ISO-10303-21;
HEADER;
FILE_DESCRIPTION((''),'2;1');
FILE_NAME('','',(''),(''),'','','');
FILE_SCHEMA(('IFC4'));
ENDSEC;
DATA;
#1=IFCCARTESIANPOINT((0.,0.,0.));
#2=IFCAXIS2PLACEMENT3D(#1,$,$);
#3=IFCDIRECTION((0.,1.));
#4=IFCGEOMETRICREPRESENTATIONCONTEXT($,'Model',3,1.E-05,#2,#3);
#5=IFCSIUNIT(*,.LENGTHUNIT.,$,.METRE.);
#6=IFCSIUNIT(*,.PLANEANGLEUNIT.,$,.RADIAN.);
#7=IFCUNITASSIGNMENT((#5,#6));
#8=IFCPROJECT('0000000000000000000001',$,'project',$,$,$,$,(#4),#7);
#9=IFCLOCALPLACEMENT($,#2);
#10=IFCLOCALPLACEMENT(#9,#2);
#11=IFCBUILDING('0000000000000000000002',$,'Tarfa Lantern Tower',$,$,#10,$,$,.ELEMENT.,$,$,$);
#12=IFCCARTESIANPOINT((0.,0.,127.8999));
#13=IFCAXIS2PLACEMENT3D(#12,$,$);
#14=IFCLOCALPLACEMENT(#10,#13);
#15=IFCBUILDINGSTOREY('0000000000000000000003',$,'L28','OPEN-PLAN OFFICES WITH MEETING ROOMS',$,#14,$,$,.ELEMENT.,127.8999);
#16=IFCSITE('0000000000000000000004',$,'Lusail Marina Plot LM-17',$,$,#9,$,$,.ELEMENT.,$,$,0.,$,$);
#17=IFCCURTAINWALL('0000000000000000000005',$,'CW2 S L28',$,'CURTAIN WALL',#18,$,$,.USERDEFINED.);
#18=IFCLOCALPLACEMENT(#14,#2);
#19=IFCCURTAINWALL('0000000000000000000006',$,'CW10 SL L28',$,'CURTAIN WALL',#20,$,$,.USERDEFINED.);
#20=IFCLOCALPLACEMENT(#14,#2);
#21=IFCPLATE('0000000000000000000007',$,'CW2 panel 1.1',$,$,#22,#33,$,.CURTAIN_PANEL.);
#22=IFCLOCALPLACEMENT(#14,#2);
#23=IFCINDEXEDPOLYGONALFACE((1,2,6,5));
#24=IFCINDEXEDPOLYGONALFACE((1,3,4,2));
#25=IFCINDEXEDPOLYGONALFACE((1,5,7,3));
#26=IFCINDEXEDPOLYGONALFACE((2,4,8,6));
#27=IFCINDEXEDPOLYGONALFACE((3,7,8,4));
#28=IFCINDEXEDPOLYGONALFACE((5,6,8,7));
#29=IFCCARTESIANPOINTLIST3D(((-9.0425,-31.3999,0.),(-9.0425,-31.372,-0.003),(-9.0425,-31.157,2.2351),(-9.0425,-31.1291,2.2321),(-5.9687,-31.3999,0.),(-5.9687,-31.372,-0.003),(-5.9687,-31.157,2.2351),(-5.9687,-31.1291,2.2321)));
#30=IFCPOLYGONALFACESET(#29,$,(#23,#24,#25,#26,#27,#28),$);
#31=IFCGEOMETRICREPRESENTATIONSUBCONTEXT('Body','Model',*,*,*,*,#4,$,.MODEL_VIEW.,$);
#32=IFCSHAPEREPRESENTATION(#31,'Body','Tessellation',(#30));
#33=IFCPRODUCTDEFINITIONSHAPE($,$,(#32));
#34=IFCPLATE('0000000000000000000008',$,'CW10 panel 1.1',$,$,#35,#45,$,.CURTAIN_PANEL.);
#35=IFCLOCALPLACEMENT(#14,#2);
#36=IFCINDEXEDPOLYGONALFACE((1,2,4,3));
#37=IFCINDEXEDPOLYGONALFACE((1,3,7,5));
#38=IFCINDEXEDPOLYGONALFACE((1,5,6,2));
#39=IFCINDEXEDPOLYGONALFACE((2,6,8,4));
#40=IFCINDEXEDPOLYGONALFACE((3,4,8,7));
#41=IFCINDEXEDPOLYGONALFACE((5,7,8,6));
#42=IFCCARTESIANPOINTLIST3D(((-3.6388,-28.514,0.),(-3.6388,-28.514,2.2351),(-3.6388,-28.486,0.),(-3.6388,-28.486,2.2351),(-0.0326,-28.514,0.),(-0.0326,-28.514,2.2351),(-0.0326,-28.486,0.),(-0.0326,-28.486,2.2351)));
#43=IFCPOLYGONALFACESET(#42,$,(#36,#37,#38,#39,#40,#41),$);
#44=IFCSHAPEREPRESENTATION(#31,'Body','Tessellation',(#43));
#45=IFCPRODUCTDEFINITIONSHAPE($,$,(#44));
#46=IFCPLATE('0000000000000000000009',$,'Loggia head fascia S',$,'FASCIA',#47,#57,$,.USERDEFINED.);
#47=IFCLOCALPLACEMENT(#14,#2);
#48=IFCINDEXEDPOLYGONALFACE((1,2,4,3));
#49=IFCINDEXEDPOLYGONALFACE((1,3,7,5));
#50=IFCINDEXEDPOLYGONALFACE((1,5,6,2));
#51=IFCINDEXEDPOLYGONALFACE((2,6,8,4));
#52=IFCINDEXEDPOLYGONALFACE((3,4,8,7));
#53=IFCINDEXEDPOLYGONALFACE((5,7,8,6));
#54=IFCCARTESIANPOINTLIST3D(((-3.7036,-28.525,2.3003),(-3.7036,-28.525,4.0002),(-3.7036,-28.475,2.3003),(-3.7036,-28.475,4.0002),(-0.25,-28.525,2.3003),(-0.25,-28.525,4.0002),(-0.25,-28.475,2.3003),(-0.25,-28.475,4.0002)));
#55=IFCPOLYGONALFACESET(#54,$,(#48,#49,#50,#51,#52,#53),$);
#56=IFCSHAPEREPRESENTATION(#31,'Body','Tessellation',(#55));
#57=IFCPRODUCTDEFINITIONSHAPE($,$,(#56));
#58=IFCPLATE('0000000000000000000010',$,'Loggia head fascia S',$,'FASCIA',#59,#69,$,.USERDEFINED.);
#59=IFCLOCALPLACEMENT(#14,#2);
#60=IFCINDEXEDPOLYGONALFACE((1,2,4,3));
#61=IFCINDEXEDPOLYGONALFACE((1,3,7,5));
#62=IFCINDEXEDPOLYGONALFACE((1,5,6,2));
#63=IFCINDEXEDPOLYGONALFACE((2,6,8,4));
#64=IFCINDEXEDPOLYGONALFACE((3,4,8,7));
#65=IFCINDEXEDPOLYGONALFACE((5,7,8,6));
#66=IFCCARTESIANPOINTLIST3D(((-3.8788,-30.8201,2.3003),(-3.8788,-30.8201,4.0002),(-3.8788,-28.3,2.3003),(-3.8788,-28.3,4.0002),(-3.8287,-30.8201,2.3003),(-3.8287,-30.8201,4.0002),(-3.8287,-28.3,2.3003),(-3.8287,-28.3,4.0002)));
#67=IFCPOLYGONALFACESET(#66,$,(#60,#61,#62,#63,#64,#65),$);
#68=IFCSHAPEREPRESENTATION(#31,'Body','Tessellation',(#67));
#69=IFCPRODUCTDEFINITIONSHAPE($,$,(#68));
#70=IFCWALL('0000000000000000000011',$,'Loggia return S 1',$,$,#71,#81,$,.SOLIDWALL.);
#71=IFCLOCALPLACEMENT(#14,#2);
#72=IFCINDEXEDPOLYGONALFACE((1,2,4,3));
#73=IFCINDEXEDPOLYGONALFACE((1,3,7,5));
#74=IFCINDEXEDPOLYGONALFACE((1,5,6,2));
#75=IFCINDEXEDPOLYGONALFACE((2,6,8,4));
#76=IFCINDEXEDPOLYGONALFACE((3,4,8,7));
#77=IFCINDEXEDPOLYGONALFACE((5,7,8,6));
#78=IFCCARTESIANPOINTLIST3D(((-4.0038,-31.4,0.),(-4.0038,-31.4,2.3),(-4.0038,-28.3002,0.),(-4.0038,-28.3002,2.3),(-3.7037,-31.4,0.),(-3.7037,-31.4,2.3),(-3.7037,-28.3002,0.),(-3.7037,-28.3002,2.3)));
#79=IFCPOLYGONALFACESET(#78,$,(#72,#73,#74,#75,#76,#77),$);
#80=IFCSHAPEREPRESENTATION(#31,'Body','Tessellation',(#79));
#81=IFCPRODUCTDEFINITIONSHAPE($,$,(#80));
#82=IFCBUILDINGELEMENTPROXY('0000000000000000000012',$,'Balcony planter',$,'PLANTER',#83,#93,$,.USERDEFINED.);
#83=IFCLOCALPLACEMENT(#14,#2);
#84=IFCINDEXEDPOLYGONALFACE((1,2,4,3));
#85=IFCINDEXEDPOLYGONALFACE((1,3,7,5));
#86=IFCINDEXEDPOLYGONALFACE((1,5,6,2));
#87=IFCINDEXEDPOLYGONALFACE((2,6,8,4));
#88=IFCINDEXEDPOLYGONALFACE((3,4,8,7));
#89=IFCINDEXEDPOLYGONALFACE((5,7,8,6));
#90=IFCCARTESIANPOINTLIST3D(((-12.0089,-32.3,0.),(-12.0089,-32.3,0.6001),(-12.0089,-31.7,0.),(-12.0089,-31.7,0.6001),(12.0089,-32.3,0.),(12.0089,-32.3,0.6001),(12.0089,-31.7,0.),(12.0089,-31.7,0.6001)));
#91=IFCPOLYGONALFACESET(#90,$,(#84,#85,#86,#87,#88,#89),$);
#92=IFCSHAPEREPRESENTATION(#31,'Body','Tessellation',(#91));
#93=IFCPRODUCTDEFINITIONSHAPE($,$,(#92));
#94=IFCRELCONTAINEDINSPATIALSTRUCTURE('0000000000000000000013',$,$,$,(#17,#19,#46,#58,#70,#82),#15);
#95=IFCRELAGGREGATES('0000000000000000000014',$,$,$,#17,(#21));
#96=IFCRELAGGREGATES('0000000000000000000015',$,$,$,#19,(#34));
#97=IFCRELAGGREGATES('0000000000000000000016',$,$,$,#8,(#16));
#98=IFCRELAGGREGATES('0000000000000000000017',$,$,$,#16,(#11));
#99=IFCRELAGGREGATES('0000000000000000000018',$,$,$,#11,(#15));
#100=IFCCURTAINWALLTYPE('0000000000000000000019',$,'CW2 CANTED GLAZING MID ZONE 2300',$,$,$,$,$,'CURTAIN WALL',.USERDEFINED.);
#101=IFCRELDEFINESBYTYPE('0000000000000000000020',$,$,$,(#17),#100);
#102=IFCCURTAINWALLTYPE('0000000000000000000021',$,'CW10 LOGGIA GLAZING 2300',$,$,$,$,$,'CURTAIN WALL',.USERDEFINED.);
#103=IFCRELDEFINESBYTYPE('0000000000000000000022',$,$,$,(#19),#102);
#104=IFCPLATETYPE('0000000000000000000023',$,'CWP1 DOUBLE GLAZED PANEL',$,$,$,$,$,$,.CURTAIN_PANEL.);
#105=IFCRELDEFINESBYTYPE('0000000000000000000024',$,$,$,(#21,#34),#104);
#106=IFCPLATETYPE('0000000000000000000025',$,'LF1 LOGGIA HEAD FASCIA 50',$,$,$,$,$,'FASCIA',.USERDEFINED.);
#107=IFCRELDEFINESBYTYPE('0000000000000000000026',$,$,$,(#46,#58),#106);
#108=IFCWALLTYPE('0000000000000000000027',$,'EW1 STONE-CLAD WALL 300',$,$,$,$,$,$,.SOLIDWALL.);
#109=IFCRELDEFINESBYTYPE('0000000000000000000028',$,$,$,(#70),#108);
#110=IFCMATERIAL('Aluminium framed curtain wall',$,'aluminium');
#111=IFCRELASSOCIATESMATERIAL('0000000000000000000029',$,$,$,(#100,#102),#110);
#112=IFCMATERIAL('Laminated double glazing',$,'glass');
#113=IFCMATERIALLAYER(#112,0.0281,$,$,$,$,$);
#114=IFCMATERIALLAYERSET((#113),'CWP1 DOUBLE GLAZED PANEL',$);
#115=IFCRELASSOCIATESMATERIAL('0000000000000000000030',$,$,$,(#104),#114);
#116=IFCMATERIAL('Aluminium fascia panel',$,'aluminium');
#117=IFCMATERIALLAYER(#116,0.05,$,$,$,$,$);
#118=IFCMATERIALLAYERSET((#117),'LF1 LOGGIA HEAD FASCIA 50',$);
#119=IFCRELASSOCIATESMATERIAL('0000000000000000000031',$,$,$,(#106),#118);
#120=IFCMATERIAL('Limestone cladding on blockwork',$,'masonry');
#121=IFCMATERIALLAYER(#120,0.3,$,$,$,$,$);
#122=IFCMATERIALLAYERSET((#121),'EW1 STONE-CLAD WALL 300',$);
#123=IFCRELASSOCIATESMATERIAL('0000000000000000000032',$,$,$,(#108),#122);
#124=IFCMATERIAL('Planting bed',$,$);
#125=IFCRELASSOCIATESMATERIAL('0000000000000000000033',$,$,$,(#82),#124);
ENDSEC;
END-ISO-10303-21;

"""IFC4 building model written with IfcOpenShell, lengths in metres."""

from ifc_helpers import new_model, si_unit, direction, frame, frame_2d, origin, origin_2d, place, context, subcontext, project, spatial, polyline, rectangle, outline, extrude, material, layer, layer_set, type_object, element, aggregate, save


model = new_model("IFC4")

# Units and contexts
model_context = context("Model", 3, precision=1e-05, world=origin(), true_north=direction((0.0, 1.0)))
body_context = subcontext(model_context, "Body", "Model", "MODEL_VIEW")
ifc_project = project(units=[si_unit("LENGTHUNIT", "METRE"), si_unit("PLANEANGLEUNIT", "RADIAN")], contexts=[model_context])

# Site, building, storey
site_placement = place(None, origin())
site = spatial("IfcSite", under=ifc_project, at=site_placement, Name="Lusail Marina Plot LM-17", CompositionType="ELEMENT", RefElevation=0.0)
building_placement = place(site_placement, origin())
building = spatial("IfcBuilding", under=site, at=building_placement, Name="Tarfa Lantern Tower", CompositionType="ELEMENT")
storey_placement = place(building_placement, frame((0.0, 0.0, 127.8999)))
storey = spatial("IfcBuildingStorey", under=building, at=storey_placement, Name="L28", Description="OPEN-PLAN OFFICES WITH MEETING ROOMS", CompositionType="ELEMENT", Elevation=127.8999)

# Shared definitions
ifc_material_1 = material(Name="Aluminium framed curtain wall", Category="aluminium")
curtain_wall_type_1 = type_object("IfcCurtainWallType", Name="CW2 CANTED GLAZING MID ZONE 2300", ElementType="CURTAIN WALL", PredefinedType="USERDEFINED", material=ifc_material_1)

# Curtain walls
curtain_wall_1_placement = place(storey_placement, origin())
curtain_wall_1 = element("IfcCurtainWall", 1, at=curtain_wall_1_placement, inside=storey, type_object=curtain_wall_type_1, Name="CW2 S L28", ObjectType="CURTAIN WALL", PredefinedType="USERDEFINED")
curtain_wall_type_2 = type_object("IfcCurtainWallType", Name="CW10 LOGGIA GLAZING 2300", ElementType="CURTAIN WALL", PredefinedType="USERDEFINED", material=ifc_material_1)
curtain_wall_2_placement = place(storey_placement, origin())
curtain_wall_2 = element("IfcCurtainWall", 2, at=curtain_wall_2_placement, inside=storey, type_object=curtain_wall_type_2, Name="CW10 SL L28", ObjectType="CURTAIN WALL", PredefinedType="USERDEFINED")

# Plates
ifc_material_2 = material(Name="Laminated double glazing", Category="glass")
ifc_layer_1 = layer(ifc_material_2, 0.0281)
ifc_layer_set_1 = layer_set([ifc_layer_1], Name="CWP1 DOUBLE GLAZED PANEL")
plate_type_1 = type_object("IfcPlateType", Name="CWP1 DOUBLE GLAZED PANEL", PredefinedType="CURTAIN_PANEL", material=ifc_layer_set_1)
plate_1_placement = place(storey_placement, frame((-9.0425, -31.3999, 0.0), z_axis=(0.0, -0.994146, 0.108048), x_axis=(1.0, 0.0, 0.0)))
plate_1 = element("IfcPlate", 3, at=plate_1_placement, type_object=plate_type_1, Name="CW2 panel 1.1", PredefinedType="CURTAIN_PANEL", context=body_context, shape_type="SweptSolid", body=[
    extrude(outline(polyline([(0.0, 0.0), (3.0737, 0.0), (3.0737, 2.2483), (0.0, 2.2483), (0.0, 0.0)])), origin(), (0.0, 0.0, -1.0), 0.0281),
])
aggregate(curtain_wall_1, [plate_1])
plate_2_placement = place(storey_placement, frame((-1.8357, -28.5, 0.0), z_axis=(0.0, 0.0, 1.0), x_axis=(1.0, 0.0, 0.0)))
plate_2 = element("IfcPlate", 4, at=plate_2_placement, type_object=plate_type_1, Name="CW10 panel 1.1", PredefinedType="CURTAIN_PANEL", context=body_context, shape_type="SweptSolid", body=[
    extrude(rectangle(XDim=3.6062, YDim=0.0281, at=origin_2d()), origin(), (0.0, 0.0, 1.0), 2.2351),
])
aggregate(curtain_wall_2, [plate_2])

# Plates
ifc_material_3 = material(Name="Aluminium fascia panel", Category="aluminium")
ifc_layer_2 = layer(ifc_material_3, 0.05)
ifc_layer_set_2 = layer_set([ifc_layer_2], Name="LF1 LOGGIA HEAD FASCIA 50")
plate_type_2 = type_object("IfcPlateType", Name="LF1 LOGGIA HEAD FASCIA 50", ElementType="FASCIA", PredefinedType="USERDEFINED", material=ifc_layer_set_2)
plate_3_placement = place(storey_placement, frame((-1.9768, -28.5, 2.3003), z_axis=(0.0, 0.0, 1.0), x_axis=(1.0, 0.0, 0.0)))
element("IfcPlate", 5, at=plate_3_placement, inside=storey, type_object=plate_type_2, Name="Loggia head fascia S", ObjectType="FASCIA", PredefinedType="USERDEFINED", context=body_context, shape_type="SweptSolid", body=[
    extrude(rectangle(XDim=3.4536, YDim=0.05, at=origin_2d()), origin(), (0.0, 0.0, 1.0), 1.7),
])
plate_4_placement = place(storey_placement, frame((-3.8538, -29.5601, 2.3003), z_axis=(0.0, 0.0, 1.0), x_axis=(0.0, 1.0, 0.0)))
element("IfcPlate", 6, at=plate_4_placement, inside=storey, type_object=plate_type_2, Name="Loggia head fascia S", ObjectType="FASCIA", PredefinedType="USERDEFINED", context=body_context, shape_type="SweptSolid", body=[
    extrude(rectangle(XDim=2.52, YDim=0.05, at=origin_2d()), origin(), (0.0, 0.0, 1.0), 1.7),
])

# Wall
ifc_material_4 = material(Name="Limestone cladding on blockwork", Category="masonry")
ifc_layer_3 = layer(ifc_material_4, 0.3)
ifc_layer_set_3 = layer_set([ifc_layer_3], Name="EW1 STONE-CLAD WALL 300")
wall_type = type_object("IfcWallType", Name="EW1 STONE-CLAD WALL 300", PredefinedType="SOLIDWALL", material=ifc_layer_set_3)
wall_placement = place(storey_placement, frame((-3.8538, -31.3999, 0.0), z_axis=(0.0, 0.0, 1.0), x_axis=(0.0, 1.0, 0.0)))
element("IfcWall", 7, at=wall_placement, inside=storey, type_object=wall_type, Name="Loggia return S 1", PredefinedType="SOLIDWALL", context=body_context, shape_type="SweptSolid", body=[
    extrude(rectangle(XDim=3.0999, YDim=0.3, at=frame_2d((1.5498, 0.0))), origin(), (0.0, 0.0, 1.0), 2.3),
])

# Building element proxy
ifc_material_5 = material(Name="Planting bed")
proxy_placement = place(storey_placement, frame((0.0, -32.0, 0.0), z_axis=(0.0, 0.0, 1.0), x_axis=(1.0, 0.0, 0.0)))
element("IfcBuildingElementProxy", 8, at=proxy_placement, inside=storey, material=ifc_material_5, Name="Balcony planter", ObjectType="PLANTER", PredefinedType="USERDEFINED", context=body_context, shape_type="SweptSolid", body=[
    extrude(rectangle(XDim=24.0178, YDim=0.6001, at=origin_2d()), origin(), (0.0, 0.0, 1.0), 0.6001),
])

save(model, "model.ifc")
